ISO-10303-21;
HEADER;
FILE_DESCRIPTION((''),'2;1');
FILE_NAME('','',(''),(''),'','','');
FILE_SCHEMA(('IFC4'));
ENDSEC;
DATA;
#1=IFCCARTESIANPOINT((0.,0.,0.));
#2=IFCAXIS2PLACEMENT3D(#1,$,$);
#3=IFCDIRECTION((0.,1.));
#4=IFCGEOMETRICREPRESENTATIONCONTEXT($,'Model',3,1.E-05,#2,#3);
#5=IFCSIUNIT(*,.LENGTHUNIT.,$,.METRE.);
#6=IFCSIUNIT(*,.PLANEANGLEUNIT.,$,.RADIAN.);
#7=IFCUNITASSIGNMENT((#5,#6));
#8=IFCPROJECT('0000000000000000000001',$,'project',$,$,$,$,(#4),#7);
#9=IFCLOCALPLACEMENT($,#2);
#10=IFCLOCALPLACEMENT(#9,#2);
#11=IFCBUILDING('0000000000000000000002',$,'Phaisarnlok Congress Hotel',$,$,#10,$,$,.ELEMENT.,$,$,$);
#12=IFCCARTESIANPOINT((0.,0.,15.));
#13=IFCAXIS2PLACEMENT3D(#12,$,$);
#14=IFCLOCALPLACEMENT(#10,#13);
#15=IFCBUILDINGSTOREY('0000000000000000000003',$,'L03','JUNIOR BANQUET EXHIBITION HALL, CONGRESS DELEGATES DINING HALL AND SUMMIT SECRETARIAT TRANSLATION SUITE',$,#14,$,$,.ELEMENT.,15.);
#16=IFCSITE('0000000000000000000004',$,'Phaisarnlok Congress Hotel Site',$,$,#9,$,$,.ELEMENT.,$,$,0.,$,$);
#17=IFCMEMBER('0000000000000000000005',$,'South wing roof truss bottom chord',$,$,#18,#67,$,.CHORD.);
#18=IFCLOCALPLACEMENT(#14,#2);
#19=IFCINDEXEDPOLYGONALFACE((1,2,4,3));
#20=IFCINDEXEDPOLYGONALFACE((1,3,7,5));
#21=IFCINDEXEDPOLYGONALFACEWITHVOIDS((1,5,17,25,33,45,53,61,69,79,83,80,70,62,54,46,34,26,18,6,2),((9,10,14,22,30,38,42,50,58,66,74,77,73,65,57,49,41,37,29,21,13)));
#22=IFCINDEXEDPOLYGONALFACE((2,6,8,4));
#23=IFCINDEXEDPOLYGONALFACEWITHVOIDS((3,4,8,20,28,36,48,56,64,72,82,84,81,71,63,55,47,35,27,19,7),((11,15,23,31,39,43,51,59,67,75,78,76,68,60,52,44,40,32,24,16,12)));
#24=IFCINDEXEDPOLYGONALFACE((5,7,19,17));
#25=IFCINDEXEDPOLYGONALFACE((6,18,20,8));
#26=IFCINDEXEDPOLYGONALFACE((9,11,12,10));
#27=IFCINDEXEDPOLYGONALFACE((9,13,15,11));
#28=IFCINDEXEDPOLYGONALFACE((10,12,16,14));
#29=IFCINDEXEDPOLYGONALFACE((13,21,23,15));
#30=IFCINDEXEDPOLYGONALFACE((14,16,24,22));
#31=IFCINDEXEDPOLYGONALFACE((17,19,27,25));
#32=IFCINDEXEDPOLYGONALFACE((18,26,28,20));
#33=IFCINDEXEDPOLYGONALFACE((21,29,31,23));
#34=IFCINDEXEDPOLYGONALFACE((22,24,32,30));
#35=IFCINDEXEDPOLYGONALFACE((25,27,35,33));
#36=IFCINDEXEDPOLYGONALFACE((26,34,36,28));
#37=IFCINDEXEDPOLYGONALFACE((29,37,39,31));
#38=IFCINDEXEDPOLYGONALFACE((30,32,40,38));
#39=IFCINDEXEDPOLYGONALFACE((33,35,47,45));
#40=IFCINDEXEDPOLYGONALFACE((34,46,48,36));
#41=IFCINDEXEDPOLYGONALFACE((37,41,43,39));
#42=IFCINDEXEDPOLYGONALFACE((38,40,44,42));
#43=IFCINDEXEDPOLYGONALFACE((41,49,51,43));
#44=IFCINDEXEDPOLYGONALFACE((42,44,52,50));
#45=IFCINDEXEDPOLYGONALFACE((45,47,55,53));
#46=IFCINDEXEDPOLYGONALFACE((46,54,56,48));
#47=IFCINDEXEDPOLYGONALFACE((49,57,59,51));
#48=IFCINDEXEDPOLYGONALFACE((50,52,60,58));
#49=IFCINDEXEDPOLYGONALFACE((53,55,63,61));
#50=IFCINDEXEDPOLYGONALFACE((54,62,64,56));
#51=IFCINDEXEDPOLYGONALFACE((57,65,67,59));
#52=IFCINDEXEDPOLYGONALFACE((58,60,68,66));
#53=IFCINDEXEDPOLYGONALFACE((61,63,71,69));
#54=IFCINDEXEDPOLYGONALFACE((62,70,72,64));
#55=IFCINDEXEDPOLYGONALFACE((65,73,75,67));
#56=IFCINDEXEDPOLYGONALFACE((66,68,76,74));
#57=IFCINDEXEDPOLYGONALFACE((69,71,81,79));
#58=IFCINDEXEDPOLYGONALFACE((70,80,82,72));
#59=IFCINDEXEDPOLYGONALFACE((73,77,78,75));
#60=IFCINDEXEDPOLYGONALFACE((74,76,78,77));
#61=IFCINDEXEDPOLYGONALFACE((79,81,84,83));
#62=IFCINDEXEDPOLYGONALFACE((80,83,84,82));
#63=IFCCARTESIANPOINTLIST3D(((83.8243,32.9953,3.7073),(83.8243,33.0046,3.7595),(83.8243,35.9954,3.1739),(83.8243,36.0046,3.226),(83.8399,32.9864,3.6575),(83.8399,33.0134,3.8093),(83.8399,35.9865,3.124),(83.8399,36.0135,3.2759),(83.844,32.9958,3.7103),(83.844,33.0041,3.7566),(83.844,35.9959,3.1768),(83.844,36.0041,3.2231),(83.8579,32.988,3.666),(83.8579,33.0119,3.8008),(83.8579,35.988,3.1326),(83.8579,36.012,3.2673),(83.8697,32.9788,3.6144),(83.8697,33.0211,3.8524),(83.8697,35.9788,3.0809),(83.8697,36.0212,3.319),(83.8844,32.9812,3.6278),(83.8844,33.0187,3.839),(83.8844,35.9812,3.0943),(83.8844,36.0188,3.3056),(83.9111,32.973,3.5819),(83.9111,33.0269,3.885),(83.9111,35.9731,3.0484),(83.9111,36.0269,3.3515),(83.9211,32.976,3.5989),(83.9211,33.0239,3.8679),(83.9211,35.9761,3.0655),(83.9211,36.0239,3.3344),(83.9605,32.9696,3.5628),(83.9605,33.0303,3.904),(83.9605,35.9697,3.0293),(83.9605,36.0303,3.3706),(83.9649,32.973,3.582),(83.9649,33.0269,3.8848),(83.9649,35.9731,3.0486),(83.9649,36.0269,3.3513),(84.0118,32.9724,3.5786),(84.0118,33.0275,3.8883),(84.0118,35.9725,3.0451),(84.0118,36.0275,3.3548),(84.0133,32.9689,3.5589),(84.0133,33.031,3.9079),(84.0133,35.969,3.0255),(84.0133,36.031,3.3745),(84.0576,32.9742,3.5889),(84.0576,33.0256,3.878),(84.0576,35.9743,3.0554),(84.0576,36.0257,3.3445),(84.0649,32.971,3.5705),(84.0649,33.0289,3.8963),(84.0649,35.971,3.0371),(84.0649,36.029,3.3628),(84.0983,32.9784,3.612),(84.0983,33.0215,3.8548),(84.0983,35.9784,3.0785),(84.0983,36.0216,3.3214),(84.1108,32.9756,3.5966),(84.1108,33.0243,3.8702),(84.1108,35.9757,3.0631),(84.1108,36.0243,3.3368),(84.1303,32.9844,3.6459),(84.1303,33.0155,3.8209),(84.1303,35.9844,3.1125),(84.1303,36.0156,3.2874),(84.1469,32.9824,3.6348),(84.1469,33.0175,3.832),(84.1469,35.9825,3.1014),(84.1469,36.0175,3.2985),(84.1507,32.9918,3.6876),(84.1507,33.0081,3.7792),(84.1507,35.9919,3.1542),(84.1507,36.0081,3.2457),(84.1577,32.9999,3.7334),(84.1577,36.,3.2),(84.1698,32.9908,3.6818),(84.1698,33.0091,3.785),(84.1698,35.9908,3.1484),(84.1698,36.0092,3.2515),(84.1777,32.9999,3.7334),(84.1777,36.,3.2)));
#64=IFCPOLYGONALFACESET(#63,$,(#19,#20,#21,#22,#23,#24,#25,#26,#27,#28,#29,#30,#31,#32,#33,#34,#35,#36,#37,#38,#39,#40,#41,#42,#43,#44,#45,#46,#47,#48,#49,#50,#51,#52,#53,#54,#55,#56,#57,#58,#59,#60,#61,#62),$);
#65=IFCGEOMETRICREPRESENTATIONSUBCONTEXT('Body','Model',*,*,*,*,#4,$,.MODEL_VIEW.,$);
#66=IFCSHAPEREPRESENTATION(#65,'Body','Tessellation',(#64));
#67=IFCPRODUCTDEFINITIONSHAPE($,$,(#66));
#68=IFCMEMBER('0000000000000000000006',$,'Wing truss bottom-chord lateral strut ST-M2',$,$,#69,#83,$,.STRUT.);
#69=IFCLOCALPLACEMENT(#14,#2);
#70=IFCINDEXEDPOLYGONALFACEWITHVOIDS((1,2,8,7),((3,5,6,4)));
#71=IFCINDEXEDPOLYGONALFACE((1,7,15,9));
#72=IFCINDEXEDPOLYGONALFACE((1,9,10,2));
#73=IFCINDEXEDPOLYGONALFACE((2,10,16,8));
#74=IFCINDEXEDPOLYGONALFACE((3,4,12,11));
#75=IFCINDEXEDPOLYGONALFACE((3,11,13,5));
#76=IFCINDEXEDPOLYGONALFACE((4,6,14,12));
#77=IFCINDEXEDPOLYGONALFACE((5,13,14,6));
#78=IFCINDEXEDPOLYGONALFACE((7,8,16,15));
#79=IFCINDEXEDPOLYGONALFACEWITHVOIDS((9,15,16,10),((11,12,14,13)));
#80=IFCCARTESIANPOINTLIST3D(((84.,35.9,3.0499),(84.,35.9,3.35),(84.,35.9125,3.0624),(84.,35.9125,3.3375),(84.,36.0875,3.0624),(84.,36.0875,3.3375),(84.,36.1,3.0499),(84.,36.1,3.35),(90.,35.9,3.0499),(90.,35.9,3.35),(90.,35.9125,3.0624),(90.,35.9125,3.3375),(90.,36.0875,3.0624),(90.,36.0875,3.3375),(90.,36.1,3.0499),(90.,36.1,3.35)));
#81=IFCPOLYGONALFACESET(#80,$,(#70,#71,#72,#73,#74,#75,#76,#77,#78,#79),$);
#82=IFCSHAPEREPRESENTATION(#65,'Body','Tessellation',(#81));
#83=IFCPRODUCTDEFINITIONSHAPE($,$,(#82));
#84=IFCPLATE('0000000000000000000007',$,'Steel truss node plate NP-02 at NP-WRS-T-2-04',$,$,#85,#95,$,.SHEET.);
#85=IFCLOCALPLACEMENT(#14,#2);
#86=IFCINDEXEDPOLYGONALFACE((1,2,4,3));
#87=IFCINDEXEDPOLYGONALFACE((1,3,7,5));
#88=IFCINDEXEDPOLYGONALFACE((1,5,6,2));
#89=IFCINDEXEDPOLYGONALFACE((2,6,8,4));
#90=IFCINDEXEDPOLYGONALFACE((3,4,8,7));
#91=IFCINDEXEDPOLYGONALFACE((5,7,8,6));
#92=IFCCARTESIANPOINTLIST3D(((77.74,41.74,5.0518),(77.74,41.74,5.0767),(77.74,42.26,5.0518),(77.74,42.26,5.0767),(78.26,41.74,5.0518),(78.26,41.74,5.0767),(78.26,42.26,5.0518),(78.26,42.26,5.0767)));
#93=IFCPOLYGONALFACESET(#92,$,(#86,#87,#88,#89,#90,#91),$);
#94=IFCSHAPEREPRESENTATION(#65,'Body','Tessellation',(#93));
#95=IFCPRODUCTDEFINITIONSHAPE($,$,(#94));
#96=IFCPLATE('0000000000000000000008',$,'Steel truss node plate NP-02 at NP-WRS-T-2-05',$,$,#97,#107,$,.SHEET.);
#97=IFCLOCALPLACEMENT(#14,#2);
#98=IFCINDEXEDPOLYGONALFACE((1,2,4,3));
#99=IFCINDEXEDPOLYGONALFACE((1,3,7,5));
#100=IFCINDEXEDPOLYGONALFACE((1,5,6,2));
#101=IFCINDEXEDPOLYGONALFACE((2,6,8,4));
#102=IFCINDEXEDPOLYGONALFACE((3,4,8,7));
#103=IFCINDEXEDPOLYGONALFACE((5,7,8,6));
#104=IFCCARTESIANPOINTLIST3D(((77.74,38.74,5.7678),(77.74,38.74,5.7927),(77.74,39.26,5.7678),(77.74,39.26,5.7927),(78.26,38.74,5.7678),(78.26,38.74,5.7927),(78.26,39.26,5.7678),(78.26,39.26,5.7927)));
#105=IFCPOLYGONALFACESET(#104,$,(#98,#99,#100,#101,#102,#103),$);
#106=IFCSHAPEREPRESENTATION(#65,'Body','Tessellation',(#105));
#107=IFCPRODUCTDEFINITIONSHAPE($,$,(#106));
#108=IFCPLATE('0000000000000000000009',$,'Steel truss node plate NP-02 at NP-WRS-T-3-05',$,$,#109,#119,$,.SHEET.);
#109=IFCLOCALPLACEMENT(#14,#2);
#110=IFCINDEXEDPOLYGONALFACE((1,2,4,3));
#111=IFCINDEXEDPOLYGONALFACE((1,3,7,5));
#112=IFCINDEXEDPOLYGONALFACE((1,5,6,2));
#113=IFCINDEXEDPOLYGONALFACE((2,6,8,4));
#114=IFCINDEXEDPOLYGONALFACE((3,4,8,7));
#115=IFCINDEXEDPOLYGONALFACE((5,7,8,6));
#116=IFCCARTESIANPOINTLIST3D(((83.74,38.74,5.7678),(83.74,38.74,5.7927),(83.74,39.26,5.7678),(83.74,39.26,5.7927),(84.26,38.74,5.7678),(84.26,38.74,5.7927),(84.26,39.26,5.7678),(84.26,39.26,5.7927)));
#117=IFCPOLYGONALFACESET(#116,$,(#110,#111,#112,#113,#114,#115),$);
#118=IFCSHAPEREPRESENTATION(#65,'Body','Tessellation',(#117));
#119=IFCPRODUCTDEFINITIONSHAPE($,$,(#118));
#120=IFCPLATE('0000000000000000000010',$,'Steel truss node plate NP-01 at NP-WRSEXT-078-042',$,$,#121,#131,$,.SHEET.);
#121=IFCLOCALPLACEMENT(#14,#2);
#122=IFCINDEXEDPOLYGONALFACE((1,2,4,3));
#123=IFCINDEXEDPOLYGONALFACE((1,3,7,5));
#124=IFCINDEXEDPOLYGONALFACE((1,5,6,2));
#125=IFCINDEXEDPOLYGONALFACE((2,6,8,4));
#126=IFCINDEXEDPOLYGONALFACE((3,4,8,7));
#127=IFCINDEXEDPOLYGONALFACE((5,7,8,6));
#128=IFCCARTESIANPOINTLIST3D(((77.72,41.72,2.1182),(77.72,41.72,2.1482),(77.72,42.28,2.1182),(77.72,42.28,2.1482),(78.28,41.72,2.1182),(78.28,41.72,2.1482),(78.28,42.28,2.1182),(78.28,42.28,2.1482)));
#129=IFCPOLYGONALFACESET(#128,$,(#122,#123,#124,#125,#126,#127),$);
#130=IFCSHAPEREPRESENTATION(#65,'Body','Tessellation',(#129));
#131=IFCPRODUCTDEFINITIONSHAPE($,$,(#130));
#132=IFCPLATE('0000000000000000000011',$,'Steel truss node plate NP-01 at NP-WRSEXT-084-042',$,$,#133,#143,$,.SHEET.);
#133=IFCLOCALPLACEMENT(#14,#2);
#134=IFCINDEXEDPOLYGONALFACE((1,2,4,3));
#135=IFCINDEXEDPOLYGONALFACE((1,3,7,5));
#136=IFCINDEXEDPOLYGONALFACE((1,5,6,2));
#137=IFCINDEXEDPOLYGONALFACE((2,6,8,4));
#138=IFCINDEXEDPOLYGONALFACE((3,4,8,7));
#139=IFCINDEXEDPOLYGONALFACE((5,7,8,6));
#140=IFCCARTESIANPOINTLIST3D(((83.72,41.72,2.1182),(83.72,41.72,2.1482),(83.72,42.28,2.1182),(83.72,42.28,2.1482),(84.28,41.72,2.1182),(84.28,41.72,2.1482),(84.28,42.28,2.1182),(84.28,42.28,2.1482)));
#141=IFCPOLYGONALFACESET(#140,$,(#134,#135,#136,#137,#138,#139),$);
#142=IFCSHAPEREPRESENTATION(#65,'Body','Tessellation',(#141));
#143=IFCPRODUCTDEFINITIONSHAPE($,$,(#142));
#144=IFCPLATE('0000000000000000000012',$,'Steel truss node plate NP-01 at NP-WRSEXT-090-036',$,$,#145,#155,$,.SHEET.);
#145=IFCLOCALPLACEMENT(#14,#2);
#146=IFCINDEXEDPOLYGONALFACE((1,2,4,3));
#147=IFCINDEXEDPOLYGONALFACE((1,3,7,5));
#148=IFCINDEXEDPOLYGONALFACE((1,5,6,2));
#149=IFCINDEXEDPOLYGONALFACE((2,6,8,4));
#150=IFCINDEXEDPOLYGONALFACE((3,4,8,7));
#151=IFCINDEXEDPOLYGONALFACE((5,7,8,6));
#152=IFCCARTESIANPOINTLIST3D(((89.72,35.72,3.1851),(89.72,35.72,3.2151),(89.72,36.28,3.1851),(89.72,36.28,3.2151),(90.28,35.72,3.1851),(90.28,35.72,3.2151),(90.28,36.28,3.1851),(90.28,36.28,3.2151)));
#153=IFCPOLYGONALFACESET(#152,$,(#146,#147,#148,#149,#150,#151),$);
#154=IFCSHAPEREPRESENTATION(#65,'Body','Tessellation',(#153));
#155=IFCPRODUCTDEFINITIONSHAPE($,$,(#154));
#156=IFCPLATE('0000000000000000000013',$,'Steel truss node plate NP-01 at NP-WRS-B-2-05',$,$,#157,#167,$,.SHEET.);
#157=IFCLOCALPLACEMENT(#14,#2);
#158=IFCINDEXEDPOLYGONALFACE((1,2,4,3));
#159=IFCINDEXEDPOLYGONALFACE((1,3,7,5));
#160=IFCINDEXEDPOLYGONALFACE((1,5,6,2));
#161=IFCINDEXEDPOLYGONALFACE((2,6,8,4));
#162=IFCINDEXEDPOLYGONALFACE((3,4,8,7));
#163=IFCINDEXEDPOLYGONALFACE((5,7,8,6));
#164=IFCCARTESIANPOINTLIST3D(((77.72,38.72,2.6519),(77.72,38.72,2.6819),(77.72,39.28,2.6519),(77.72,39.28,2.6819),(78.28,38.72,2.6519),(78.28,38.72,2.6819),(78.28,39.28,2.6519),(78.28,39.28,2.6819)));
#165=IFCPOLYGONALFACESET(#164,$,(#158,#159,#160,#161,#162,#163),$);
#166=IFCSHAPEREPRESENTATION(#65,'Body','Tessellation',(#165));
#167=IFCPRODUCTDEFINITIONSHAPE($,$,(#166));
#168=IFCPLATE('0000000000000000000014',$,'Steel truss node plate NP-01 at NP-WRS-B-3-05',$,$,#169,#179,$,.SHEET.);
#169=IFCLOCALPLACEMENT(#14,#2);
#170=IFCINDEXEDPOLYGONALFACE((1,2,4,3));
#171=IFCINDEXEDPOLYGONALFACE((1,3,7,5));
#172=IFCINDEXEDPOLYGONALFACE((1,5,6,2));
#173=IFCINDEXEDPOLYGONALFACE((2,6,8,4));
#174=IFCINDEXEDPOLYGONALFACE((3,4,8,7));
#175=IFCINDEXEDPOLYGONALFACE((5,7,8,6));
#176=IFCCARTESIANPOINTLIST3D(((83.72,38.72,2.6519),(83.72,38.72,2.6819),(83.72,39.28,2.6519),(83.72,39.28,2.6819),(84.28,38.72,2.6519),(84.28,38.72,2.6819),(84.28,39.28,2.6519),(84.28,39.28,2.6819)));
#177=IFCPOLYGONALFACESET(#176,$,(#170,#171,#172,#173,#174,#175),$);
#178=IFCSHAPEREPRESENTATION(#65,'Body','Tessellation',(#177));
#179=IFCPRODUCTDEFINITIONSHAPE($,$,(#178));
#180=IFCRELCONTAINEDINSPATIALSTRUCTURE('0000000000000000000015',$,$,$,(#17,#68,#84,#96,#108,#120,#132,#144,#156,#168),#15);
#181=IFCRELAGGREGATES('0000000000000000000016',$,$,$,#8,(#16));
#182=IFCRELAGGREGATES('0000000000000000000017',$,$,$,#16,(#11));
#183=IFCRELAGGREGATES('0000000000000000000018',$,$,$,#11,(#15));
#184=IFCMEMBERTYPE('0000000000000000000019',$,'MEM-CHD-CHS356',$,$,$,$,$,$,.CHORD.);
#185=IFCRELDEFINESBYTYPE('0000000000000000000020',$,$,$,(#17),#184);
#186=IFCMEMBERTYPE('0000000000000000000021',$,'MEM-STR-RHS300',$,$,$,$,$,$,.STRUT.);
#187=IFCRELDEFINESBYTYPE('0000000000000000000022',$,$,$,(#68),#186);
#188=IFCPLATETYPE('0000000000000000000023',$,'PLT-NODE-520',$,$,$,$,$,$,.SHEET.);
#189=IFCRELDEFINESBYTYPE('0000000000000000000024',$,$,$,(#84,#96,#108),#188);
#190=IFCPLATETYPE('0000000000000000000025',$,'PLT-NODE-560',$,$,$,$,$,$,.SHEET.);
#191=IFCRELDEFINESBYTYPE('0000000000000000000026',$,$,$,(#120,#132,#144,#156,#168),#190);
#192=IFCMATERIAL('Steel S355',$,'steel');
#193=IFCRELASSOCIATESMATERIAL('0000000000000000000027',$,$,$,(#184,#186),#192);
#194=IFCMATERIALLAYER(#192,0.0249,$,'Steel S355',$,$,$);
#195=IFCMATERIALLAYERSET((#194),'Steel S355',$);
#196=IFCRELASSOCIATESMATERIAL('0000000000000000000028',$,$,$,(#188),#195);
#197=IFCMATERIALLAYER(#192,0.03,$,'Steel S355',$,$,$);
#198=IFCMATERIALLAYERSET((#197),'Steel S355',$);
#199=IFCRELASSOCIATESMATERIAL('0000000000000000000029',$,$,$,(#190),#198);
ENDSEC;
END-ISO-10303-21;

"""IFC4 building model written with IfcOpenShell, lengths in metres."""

from ifc_helpers import new_model, si_unit, direction, frame, origin, origin_2d, place, context, subcontext, project, spatial, rectangle, hollow_rectangle, hollow_circle, extrude, material, layer, layer_set, material_profile, profile_set, type_object, element, save


model = new_model("IFC4")

# Units and contexts
model_context = context("Model", 3, precision=1e-05, world=origin(), true_north=direction((0.0, 1.0)))
body_context = subcontext(model_context, "Body", "Model", "MODEL_VIEW")
ifc_project = project(units=[si_unit("LENGTHUNIT", "METRE"), si_unit("PLANEANGLEUNIT", "RADIAN")], contexts=[model_context])

# Site, building, storey
site_placement = place(None, origin())
site = spatial("IfcSite", under=ifc_project, at=site_placement, Name="Phaisarnlok Congress Hotel Site", CompositionType="ELEMENT", RefElevation=0.0)
building_placement = place(site_placement, origin())
building = spatial("IfcBuilding", under=site, at=building_placement, Name="Phaisarnlok Congress Hotel", CompositionType="ELEMENT")
storey_placement = place(building_placement, frame((0.0, 0.0, 15.0)))
storey = spatial("IfcBuildingStorey", under=building, at=storey_placement, Name="L03", Description="JUNIOR BANQUET EXHIBITION HALL, CONGRESS DELEGATES DINING HALL AND SUMMIT SECRETARIAT TRANSLATION SUITE", CompositionType="ELEMENT", Elevation=15.0)

# Shared definitions
ifc_material_1 = material(Name="Steel S355", Category="steel")

# Members
ifc_material_profile_1 = material_profile(ifc_material_1, hollow_circle(Radius=0.1777, WallThickness=0.02, at=origin_2d()), Name="CHS 355.6x20")
ifc_profile_set_1 = profile_set([ifc_material_profile_1], Name="Steel S355")
member_type_1 = type_object("IfcMemberType", Name="MEM-CHD-CHS356", PredefinedType="CHORD", material=ifc_profile_set_1)
for number, where, z_axis, x_axis, name in (
    (1, (84.0, 36.0, 3.2), (0.0, -0.984556, 0.17507), (1.0, 0.0, 0.0), "South wing roof truss bottom chord"),
):
    element("IfcMember", number, at=place(storey_placement, frame(where, z_axis=z_axis, x_axis=x_axis)), inside=storey, type_object=member_type_1, Name=name, PredefinedType="CHORD", context=body_context, shape_type="SweptSolid", body=[
        extrude(hollow_circle(Radius=0.1777, WallThickness=0.02, at=origin_2d()), origin(), (0.0, 0.0, 1.0), 3.0471),
    ])
ifc_material_profile_2 = material_profile(ifc_material_1, hollow_rectangle(XDim=0.2, YDim=0.3, WallThickness=0.0125, at=origin_2d()), Name="RHS 300x200x12.5")
ifc_profile_set_2 = profile_set([ifc_material_profile_2], Name="Steel S355")
member_type_2 = type_object("IfcMemberType", Name="MEM-STR-RHS300", PredefinedType="STRUT", material=ifc_profile_set_2)
member_1_placement = place(storey_placement, frame((84.0, 36.0, 3.2), z_axis=(1.0, 0.0, 0.0), x_axis=(0.0, 1.0, 0.0)))
element("IfcMember", 2, at=member_1_placement, inside=storey, type_object=member_type_2, Name="Wing truss bottom-chord lateral strut ST-M2", PredefinedType="STRUT", context=body_context, shape_type="SweptSolid", body=[
    extrude(hollow_rectangle(XDim=0.2, YDim=0.3, WallThickness=0.0125, at=origin_2d()), origin(), (0.0, 0.0, 1.0), 6.0),
])

# Plates
ifc_layer_1 = layer(ifc_material_1, 0.0249, Name="Steel S355")
ifc_layer_set_1 = layer_set([ifc_layer_1], Name="Steel S355")
plate_type_1 = type_object("IfcPlateType", Name="PLT-NODE-520", PredefinedType="SHEET", material=ifc_layer_set_1)
for number, where, z_axis, x_axis, name in (
    (3, (78.0, 42.0, 5.0518), (0.0, 0.0, 1.0), (1.0, 0.0, 0.0), "Steel truss node plate NP-02 at NP-WRS-T-2-04"),
    (4, (78.0, 39.0, 5.7678), (0.0, 0.0, 1.0), (1.0, 0.0, 0.0), "Steel truss node plate NP-02 at NP-WRS-T-2-05"),
    (5, (84.0, 39.0, 5.7678), (0.0, 0.0, 1.0), (1.0, 0.0, 0.0), "Steel truss node plate NP-02 at NP-WRS-T-3-05"),
):
    element("IfcPlate", number, at=place(storey_placement, frame(where, z_axis=z_axis, x_axis=x_axis)), inside=storey, type_object=plate_type_1, Name=name, PredefinedType="SHEET", context=body_context, shape_type="SweptSolid", body=[
        extrude(rectangle(XDim=0.52, YDim=0.52, at=origin_2d()), origin(), (0.0, 0.0, 1.0), 0.0249),
    ])
ifc_layer_2 = layer(ifc_material_1, 0.03, Name="Steel S355")
ifc_layer_set_2 = layer_set([ifc_layer_2], Name="Steel S355")
plate_type_2 = type_object("IfcPlateType", Name="PLT-NODE-560", PredefinedType="SHEET", material=ifc_layer_set_2)
for number, where, z_axis, x_axis, name in (
    (6, (78.0, 42.0, 2.1182), (0.0, 0.0, 1.0), (1.0, 0.0, 0.0), "Steel truss node plate NP-01 at NP-WRSEXT-078-042"),
    (7, (84.0, 42.0, 2.1182), (0.0, 0.0, 1.0), (1.0, 0.0, 0.0), "Steel truss node plate NP-01 at NP-WRSEXT-084-042"),
    (8, (90.0, 36.0, 3.1851), (0.0, 0.0, 1.0), (1.0, 0.0, 0.0), "Steel truss node plate NP-01 at NP-WRSEXT-090-036"),
    (9, (78.0, 39.0, 2.6519), (0.0, 0.0, 1.0), (1.0, 0.0, 0.0), "Steel truss node plate NP-01 at NP-WRS-B-2-05"),
    (10, (84.0, 39.0, 2.6519), (0.0, 0.0, 1.0), (1.0, 0.0, 0.0), "Steel truss node plate NP-01 at NP-WRS-B-3-05"),
):
    element("IfcPlate", number, at=place(storey_placement, frame(where, z_axis=z_axis, x_axis=x_axis)), inside=storey, type_object=plate_type_2, Name=name, PredefinedType="SHEET", context=body_context, shape_type="SweptSolid", body=[
        extrude(rectangle(XDim=0.5601, YDim=0.5601, at=origin_2d()), origin(), (0.0, 0.0, 1.0), 0.03),
    ])

save(model, "model.ifc")
